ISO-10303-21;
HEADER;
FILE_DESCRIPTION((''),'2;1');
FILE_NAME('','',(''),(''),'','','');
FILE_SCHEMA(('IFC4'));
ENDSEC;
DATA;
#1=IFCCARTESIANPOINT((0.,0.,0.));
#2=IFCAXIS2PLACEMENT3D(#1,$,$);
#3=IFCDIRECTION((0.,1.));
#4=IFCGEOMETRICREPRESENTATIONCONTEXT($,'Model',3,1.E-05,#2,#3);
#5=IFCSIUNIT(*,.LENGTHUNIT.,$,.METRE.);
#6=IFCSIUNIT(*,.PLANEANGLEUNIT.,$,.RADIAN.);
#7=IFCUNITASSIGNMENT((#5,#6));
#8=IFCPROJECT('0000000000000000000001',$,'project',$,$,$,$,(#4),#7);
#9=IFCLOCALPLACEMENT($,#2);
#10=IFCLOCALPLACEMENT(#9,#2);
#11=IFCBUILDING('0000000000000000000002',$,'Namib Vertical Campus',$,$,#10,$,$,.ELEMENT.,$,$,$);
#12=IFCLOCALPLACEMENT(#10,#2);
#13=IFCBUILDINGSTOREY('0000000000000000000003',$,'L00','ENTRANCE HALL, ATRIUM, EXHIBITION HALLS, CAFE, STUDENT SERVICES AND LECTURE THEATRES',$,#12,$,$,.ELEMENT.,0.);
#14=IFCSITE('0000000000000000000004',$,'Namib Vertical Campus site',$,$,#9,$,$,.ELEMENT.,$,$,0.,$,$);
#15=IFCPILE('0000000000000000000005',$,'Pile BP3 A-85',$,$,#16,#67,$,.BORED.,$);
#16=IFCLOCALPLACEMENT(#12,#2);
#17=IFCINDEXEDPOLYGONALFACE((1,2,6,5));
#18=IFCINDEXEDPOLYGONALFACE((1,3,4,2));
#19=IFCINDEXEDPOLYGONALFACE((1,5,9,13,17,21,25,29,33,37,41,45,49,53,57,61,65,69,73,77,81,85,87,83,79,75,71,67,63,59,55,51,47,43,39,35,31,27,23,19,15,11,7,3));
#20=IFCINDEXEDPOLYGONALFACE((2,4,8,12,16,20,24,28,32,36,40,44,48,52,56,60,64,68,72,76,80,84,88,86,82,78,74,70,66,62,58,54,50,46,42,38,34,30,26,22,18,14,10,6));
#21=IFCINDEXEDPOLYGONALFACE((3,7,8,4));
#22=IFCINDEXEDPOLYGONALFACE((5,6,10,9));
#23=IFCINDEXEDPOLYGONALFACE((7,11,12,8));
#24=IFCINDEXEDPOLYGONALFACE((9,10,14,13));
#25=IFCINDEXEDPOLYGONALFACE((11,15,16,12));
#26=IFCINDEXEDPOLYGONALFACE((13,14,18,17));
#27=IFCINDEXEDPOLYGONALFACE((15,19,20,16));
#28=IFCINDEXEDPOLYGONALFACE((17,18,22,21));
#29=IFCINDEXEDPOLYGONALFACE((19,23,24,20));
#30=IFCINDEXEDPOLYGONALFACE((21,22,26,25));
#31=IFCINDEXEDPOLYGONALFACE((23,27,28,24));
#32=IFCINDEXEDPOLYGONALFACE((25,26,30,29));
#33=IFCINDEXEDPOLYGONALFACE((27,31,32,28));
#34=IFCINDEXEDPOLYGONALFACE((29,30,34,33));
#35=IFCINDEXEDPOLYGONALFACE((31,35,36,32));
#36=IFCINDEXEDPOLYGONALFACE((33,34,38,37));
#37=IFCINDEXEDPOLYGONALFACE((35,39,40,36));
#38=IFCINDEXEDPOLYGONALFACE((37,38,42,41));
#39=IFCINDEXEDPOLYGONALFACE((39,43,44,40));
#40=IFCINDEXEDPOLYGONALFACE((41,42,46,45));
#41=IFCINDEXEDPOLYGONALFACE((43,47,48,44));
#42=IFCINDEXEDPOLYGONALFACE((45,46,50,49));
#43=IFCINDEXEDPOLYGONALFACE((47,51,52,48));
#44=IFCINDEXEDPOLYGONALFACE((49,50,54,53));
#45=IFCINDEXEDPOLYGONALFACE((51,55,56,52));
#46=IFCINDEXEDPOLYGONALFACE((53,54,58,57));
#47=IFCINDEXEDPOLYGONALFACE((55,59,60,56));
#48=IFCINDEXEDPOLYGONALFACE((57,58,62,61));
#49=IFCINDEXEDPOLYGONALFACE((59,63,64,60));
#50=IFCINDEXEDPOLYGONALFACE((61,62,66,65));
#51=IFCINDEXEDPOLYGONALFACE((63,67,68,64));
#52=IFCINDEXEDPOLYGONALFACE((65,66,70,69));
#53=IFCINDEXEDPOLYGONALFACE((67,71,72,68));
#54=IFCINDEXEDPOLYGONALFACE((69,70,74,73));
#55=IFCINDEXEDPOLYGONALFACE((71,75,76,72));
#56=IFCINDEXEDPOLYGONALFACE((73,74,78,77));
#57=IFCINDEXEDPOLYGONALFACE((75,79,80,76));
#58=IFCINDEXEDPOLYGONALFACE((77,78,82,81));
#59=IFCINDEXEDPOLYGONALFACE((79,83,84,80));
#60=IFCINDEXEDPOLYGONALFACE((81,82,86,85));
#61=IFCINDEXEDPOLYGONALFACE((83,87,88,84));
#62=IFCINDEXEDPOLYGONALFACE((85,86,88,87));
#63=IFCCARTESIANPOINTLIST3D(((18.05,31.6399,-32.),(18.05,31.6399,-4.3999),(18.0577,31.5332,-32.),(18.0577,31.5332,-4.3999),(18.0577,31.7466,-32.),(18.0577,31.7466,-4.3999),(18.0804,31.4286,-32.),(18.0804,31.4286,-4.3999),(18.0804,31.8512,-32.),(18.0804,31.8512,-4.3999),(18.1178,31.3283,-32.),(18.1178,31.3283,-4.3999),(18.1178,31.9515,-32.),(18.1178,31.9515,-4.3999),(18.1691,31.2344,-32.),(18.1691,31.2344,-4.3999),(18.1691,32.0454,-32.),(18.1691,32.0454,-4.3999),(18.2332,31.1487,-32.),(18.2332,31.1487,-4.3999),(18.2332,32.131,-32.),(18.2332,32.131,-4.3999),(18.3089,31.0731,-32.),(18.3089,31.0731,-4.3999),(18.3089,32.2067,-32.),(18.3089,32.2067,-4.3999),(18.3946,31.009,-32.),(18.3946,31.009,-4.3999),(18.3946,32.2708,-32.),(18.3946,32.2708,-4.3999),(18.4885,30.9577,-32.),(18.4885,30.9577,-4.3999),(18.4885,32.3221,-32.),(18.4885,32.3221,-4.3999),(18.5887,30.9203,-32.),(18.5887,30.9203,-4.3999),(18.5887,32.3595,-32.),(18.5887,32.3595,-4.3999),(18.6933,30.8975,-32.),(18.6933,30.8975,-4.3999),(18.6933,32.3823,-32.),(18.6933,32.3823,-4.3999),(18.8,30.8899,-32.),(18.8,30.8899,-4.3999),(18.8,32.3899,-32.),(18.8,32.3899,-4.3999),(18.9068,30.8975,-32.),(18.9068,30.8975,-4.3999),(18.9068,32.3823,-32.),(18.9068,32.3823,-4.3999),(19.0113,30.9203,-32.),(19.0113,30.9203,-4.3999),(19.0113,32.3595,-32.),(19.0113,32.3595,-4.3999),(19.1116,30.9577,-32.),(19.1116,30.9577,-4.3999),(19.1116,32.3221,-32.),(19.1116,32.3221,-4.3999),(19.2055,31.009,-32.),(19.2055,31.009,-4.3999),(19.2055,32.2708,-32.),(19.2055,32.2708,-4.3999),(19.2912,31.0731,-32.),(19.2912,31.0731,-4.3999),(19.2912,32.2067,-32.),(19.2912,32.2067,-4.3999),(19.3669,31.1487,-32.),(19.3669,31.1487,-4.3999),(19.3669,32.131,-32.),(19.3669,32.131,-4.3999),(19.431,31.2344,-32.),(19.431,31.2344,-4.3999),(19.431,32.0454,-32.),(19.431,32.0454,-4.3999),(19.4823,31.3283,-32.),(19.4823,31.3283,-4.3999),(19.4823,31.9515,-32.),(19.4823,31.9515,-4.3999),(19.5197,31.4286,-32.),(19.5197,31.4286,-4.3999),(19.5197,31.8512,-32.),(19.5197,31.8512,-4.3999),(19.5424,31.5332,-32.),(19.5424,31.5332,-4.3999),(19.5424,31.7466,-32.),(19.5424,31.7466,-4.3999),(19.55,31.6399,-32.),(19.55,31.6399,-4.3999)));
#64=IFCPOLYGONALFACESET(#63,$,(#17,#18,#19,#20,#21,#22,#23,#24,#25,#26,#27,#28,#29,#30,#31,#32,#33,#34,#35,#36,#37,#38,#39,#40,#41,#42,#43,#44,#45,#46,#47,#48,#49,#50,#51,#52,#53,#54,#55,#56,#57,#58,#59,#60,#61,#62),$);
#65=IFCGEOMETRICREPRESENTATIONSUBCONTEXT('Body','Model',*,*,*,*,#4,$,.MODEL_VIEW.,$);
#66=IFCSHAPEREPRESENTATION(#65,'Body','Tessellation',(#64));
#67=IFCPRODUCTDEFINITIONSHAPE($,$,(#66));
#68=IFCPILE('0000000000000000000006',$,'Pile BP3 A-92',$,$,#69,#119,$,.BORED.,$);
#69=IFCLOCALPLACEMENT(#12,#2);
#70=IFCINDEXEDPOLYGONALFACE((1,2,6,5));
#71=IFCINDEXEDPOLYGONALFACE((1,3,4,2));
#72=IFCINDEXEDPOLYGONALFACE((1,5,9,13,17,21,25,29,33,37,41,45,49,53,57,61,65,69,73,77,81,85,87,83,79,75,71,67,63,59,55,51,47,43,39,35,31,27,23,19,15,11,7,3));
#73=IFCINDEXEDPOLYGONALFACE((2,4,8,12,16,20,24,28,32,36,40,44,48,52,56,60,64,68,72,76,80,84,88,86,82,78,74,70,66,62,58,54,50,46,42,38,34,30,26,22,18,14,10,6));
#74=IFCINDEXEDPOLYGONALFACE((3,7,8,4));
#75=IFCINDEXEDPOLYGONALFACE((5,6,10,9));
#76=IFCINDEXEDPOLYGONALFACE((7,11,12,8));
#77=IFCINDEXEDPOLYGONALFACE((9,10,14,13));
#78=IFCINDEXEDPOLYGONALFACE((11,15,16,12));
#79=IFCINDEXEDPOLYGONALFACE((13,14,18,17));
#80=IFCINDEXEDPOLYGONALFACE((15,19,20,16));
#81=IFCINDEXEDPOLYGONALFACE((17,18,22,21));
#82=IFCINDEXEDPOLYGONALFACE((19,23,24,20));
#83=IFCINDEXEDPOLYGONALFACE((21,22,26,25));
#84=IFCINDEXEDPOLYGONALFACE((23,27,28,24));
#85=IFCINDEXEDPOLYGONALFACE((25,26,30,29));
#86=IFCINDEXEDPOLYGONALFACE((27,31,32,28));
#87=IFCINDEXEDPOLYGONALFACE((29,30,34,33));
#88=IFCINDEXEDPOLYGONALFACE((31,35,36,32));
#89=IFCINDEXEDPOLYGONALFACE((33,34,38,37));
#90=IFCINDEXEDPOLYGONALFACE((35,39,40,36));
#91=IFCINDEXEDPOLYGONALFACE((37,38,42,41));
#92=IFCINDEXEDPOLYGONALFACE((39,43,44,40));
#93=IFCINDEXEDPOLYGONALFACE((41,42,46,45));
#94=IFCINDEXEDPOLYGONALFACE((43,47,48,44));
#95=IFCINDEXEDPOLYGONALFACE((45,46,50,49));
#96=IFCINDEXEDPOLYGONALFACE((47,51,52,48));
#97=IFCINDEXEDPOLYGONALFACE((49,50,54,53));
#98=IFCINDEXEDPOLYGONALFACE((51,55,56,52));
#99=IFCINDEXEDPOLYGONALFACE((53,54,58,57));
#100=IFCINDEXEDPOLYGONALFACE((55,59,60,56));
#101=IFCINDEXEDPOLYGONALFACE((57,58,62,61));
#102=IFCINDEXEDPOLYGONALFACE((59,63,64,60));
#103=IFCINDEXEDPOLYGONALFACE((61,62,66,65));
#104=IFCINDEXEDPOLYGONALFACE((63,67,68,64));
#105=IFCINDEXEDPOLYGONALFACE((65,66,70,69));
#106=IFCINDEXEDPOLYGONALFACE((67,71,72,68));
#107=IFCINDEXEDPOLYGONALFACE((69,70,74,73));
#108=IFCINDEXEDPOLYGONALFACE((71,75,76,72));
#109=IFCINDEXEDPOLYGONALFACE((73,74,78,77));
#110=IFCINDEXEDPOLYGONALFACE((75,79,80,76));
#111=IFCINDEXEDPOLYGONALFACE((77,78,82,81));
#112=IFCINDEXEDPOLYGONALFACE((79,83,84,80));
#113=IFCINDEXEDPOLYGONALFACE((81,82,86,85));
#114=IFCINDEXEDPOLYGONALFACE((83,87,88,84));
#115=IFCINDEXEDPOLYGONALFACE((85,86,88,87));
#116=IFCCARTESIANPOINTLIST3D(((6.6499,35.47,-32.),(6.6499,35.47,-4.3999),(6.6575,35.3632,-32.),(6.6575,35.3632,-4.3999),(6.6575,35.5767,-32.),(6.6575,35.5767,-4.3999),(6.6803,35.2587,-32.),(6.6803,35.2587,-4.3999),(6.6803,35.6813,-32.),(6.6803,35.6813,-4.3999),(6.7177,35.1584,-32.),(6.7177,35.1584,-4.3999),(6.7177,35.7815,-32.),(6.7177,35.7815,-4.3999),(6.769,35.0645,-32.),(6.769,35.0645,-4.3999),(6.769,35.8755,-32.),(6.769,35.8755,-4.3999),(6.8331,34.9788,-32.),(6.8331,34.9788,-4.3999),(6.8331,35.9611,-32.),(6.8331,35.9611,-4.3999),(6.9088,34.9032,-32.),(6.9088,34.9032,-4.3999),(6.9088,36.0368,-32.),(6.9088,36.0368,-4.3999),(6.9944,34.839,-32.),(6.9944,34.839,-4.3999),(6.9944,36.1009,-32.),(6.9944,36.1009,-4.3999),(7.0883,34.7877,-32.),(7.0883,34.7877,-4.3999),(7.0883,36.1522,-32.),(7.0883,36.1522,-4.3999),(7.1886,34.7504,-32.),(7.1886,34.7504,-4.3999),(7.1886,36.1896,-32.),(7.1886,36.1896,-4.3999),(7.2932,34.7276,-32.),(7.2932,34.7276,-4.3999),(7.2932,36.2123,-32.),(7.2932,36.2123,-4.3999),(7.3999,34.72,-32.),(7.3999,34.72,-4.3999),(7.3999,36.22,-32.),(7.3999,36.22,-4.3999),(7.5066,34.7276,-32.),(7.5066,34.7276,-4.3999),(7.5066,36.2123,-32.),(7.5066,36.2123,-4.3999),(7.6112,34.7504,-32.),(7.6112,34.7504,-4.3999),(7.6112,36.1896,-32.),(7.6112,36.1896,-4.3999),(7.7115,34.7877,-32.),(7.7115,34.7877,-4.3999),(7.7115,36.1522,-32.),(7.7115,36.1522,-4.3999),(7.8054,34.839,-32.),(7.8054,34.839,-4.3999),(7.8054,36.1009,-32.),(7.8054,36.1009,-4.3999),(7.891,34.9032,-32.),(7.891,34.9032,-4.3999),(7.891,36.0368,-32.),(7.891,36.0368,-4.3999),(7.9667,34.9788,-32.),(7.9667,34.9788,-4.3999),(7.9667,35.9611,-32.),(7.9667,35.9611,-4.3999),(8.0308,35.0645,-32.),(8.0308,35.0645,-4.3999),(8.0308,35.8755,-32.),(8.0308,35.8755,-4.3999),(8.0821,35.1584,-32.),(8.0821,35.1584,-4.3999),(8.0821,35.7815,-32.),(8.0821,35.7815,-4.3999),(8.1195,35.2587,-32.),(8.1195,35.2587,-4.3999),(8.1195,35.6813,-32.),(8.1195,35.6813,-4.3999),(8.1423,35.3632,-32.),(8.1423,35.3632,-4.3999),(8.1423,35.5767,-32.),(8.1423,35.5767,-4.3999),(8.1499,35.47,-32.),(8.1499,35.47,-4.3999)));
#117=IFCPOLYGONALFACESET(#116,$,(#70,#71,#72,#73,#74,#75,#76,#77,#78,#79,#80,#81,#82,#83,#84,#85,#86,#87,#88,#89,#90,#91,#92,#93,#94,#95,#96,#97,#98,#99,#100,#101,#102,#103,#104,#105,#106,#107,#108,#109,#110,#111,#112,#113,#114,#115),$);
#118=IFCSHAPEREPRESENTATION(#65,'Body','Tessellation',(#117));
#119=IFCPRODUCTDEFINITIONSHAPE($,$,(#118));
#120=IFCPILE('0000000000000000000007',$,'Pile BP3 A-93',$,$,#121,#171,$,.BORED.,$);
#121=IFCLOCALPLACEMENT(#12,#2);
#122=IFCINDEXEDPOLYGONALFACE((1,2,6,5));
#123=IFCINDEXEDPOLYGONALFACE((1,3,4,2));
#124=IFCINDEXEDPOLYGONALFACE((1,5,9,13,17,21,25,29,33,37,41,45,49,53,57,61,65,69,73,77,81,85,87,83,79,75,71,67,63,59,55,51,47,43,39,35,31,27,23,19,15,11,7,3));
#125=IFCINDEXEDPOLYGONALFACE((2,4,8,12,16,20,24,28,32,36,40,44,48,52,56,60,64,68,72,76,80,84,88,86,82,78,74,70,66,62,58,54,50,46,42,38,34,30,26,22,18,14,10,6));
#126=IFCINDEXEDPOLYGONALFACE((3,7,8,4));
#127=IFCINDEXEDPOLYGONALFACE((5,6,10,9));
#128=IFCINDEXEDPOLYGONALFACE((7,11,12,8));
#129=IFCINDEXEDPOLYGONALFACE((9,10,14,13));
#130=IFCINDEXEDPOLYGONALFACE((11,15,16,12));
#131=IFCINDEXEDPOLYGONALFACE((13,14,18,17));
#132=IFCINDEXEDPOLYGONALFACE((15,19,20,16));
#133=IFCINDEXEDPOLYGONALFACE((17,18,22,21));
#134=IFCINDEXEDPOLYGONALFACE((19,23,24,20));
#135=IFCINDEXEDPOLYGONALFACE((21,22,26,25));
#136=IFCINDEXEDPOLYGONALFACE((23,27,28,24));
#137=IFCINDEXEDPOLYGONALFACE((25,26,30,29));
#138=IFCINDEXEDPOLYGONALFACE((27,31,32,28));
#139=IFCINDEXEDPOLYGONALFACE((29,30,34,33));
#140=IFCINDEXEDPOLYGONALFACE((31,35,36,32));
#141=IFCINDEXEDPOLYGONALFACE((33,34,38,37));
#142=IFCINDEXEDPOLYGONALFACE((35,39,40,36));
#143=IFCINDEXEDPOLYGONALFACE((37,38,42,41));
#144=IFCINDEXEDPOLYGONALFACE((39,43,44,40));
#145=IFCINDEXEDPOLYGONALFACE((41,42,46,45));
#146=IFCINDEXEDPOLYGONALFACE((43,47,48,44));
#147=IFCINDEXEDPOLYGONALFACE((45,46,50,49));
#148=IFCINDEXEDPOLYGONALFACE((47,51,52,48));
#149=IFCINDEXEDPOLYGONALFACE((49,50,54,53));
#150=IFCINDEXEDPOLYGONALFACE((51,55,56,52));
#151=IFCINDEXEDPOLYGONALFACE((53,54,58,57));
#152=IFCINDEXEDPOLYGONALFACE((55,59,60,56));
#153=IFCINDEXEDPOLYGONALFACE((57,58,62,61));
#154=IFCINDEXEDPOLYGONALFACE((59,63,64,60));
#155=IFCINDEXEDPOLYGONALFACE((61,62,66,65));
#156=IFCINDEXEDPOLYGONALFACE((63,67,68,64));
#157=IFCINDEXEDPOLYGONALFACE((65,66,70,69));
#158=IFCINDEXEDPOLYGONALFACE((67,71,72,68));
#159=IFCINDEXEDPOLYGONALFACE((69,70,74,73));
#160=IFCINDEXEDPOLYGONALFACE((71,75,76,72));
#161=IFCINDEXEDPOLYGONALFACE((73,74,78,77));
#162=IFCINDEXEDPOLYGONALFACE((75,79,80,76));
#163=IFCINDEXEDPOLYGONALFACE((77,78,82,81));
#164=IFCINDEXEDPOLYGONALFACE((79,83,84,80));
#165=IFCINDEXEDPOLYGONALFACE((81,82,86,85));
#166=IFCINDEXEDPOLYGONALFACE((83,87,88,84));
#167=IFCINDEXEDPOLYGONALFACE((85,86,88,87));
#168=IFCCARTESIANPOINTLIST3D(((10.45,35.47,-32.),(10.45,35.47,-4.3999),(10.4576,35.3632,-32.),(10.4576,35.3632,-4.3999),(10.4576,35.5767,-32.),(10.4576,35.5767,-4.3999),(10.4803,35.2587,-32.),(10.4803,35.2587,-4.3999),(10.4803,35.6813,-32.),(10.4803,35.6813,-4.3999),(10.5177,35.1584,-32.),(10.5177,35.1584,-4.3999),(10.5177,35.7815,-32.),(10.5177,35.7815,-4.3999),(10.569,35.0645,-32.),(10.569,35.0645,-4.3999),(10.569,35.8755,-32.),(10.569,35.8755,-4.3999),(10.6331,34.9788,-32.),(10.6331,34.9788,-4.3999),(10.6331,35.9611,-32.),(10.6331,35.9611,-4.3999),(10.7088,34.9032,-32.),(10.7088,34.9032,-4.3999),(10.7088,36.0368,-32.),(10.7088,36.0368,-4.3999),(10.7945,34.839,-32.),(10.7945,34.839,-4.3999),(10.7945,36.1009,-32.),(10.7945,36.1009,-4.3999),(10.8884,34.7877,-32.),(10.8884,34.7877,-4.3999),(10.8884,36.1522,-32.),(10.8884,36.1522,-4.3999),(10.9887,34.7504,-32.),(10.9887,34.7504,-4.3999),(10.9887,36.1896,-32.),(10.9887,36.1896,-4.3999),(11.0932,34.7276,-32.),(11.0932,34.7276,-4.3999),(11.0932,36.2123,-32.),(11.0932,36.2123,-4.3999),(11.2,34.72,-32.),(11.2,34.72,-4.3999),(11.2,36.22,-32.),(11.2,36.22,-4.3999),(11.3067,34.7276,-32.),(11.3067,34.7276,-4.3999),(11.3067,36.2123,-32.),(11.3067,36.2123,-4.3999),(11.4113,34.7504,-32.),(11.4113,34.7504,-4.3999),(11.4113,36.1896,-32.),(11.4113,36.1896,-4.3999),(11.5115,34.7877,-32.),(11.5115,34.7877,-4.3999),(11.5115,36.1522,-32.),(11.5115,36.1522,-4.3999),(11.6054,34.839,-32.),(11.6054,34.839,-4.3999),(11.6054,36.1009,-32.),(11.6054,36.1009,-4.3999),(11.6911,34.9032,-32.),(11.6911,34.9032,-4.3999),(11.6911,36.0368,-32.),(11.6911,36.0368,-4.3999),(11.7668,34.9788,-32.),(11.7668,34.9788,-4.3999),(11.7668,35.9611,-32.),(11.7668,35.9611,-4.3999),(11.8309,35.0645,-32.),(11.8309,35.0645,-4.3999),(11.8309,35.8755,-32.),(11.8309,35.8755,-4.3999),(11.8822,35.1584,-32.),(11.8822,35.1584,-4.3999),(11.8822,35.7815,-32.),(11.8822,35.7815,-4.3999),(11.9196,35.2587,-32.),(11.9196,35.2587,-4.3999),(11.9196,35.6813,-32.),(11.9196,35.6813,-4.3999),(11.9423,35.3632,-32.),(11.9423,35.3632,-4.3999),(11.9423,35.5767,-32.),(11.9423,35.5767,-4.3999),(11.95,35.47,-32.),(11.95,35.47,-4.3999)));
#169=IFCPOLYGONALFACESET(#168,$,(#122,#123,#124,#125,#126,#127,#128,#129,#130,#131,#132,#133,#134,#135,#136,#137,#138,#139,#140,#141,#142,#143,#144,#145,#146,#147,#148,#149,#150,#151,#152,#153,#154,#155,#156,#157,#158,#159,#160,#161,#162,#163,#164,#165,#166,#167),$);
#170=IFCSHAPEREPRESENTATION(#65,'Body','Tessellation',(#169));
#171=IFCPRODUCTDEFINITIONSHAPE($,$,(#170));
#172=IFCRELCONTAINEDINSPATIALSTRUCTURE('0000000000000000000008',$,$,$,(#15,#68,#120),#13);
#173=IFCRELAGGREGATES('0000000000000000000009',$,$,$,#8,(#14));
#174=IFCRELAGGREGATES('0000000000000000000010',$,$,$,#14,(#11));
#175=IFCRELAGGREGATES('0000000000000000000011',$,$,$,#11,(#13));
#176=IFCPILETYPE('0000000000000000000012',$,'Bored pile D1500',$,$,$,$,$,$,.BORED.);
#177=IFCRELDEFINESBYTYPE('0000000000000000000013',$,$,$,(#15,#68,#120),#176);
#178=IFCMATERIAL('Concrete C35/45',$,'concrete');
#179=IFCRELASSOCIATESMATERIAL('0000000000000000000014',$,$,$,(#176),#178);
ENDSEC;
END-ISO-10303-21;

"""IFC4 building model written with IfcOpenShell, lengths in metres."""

from ifc_helpers import new_model, si_unit, direction, frame, origin, origin_2d, place, context, subcontext, project, spatial, circle, extrude, material, material_profile, profile_set, type_object, element, save


model = new_model("IFC4")

# Units and contexts
model_context = context("Model", 3, precision=1e-05, world=origin(), true_north=direction((0.0, 1.0)))
body_context = subcontext(model_context, "Body", "Model", "MODEL_VIEW")
ifc_project = project(units=[si_unit("LENGTHUNIT", "METRE"), si_unit("PLANEANGLEUNIT", "RADIAN")], contexts=[model_context])

# Site, building, storey
site_placement = place(None, origin())
site = spatial("IfcSite", under=ifc_project, at=site_placement, Name="Namib Vertical Campus site", CompositionType="ELEMENT", RefElevation=0.0)
building_placement = place(site_placement, origin())
building = spatial("IfcBuilding", under=site, at=building_placement, Name="Namib Vertical Campus", CompositionType="ELEMENT")
storey_placement = place(building_placement, origin())
storey = spatial("IfcBuildingStorey", under=building, at=storey_placement, Name="L00", Description="ENTRANCE HALL, ATRIUM, EXHIBITION HALLS, CAFE, STUDENT SERVICES AND LECTURE THEATRES", CompositionType="ELEMENT", Elevation=0.0)

# Piles
ifc_material_1 = material(Name="Concrete C35/45", Category="concrete")
ifc_material_profile_1 = material_profile(ifc_material_1, circle(Radius=0.75, at=origin_2d()))
ifc_profile_set_1 = profile_set([ifc_material_profile_1], Name="Concrete C35/45")
pile_type = type_object("IfcPileType", Name="Bored pile D1500", PredefinedType="BORED", material=ifc_profile_set_1)
for number, where, z_axis, x_axis, name in (
    (1, (18.8, 31.6399, -4.3999), (0.0, 0.0, -1.0), (1.0, 0.0, 0.0), "Pile BP3 A-85"),
    (2, (7.3999, 35.47, -4.3999), (0.0, 0.0, -1.0), (1.0, 0.0, 0.0), "Pile BP3 A-92"),
    (3, (11.2, 35.47, -4.3999), (0.0, 0.0, -1.0), (1.0, 0.0, 0.0), "Pile BP3 A-93"),
):
    element("IfcPile", number, at=place(storey_placement, frame(where, z_axis=z_axis, x_axis=x_axis)), inside=storey, type_object=pile_type, Name=name, PredefinedType="BORED", context=body_context, shape_type="SweptSolid", body=[
        extrude(circle(Radius=0.75, at=origin_2d()), origin(), (0.0, 0.0, 1.0), 27.6001),
    ])

save(model, "model.ifc")
